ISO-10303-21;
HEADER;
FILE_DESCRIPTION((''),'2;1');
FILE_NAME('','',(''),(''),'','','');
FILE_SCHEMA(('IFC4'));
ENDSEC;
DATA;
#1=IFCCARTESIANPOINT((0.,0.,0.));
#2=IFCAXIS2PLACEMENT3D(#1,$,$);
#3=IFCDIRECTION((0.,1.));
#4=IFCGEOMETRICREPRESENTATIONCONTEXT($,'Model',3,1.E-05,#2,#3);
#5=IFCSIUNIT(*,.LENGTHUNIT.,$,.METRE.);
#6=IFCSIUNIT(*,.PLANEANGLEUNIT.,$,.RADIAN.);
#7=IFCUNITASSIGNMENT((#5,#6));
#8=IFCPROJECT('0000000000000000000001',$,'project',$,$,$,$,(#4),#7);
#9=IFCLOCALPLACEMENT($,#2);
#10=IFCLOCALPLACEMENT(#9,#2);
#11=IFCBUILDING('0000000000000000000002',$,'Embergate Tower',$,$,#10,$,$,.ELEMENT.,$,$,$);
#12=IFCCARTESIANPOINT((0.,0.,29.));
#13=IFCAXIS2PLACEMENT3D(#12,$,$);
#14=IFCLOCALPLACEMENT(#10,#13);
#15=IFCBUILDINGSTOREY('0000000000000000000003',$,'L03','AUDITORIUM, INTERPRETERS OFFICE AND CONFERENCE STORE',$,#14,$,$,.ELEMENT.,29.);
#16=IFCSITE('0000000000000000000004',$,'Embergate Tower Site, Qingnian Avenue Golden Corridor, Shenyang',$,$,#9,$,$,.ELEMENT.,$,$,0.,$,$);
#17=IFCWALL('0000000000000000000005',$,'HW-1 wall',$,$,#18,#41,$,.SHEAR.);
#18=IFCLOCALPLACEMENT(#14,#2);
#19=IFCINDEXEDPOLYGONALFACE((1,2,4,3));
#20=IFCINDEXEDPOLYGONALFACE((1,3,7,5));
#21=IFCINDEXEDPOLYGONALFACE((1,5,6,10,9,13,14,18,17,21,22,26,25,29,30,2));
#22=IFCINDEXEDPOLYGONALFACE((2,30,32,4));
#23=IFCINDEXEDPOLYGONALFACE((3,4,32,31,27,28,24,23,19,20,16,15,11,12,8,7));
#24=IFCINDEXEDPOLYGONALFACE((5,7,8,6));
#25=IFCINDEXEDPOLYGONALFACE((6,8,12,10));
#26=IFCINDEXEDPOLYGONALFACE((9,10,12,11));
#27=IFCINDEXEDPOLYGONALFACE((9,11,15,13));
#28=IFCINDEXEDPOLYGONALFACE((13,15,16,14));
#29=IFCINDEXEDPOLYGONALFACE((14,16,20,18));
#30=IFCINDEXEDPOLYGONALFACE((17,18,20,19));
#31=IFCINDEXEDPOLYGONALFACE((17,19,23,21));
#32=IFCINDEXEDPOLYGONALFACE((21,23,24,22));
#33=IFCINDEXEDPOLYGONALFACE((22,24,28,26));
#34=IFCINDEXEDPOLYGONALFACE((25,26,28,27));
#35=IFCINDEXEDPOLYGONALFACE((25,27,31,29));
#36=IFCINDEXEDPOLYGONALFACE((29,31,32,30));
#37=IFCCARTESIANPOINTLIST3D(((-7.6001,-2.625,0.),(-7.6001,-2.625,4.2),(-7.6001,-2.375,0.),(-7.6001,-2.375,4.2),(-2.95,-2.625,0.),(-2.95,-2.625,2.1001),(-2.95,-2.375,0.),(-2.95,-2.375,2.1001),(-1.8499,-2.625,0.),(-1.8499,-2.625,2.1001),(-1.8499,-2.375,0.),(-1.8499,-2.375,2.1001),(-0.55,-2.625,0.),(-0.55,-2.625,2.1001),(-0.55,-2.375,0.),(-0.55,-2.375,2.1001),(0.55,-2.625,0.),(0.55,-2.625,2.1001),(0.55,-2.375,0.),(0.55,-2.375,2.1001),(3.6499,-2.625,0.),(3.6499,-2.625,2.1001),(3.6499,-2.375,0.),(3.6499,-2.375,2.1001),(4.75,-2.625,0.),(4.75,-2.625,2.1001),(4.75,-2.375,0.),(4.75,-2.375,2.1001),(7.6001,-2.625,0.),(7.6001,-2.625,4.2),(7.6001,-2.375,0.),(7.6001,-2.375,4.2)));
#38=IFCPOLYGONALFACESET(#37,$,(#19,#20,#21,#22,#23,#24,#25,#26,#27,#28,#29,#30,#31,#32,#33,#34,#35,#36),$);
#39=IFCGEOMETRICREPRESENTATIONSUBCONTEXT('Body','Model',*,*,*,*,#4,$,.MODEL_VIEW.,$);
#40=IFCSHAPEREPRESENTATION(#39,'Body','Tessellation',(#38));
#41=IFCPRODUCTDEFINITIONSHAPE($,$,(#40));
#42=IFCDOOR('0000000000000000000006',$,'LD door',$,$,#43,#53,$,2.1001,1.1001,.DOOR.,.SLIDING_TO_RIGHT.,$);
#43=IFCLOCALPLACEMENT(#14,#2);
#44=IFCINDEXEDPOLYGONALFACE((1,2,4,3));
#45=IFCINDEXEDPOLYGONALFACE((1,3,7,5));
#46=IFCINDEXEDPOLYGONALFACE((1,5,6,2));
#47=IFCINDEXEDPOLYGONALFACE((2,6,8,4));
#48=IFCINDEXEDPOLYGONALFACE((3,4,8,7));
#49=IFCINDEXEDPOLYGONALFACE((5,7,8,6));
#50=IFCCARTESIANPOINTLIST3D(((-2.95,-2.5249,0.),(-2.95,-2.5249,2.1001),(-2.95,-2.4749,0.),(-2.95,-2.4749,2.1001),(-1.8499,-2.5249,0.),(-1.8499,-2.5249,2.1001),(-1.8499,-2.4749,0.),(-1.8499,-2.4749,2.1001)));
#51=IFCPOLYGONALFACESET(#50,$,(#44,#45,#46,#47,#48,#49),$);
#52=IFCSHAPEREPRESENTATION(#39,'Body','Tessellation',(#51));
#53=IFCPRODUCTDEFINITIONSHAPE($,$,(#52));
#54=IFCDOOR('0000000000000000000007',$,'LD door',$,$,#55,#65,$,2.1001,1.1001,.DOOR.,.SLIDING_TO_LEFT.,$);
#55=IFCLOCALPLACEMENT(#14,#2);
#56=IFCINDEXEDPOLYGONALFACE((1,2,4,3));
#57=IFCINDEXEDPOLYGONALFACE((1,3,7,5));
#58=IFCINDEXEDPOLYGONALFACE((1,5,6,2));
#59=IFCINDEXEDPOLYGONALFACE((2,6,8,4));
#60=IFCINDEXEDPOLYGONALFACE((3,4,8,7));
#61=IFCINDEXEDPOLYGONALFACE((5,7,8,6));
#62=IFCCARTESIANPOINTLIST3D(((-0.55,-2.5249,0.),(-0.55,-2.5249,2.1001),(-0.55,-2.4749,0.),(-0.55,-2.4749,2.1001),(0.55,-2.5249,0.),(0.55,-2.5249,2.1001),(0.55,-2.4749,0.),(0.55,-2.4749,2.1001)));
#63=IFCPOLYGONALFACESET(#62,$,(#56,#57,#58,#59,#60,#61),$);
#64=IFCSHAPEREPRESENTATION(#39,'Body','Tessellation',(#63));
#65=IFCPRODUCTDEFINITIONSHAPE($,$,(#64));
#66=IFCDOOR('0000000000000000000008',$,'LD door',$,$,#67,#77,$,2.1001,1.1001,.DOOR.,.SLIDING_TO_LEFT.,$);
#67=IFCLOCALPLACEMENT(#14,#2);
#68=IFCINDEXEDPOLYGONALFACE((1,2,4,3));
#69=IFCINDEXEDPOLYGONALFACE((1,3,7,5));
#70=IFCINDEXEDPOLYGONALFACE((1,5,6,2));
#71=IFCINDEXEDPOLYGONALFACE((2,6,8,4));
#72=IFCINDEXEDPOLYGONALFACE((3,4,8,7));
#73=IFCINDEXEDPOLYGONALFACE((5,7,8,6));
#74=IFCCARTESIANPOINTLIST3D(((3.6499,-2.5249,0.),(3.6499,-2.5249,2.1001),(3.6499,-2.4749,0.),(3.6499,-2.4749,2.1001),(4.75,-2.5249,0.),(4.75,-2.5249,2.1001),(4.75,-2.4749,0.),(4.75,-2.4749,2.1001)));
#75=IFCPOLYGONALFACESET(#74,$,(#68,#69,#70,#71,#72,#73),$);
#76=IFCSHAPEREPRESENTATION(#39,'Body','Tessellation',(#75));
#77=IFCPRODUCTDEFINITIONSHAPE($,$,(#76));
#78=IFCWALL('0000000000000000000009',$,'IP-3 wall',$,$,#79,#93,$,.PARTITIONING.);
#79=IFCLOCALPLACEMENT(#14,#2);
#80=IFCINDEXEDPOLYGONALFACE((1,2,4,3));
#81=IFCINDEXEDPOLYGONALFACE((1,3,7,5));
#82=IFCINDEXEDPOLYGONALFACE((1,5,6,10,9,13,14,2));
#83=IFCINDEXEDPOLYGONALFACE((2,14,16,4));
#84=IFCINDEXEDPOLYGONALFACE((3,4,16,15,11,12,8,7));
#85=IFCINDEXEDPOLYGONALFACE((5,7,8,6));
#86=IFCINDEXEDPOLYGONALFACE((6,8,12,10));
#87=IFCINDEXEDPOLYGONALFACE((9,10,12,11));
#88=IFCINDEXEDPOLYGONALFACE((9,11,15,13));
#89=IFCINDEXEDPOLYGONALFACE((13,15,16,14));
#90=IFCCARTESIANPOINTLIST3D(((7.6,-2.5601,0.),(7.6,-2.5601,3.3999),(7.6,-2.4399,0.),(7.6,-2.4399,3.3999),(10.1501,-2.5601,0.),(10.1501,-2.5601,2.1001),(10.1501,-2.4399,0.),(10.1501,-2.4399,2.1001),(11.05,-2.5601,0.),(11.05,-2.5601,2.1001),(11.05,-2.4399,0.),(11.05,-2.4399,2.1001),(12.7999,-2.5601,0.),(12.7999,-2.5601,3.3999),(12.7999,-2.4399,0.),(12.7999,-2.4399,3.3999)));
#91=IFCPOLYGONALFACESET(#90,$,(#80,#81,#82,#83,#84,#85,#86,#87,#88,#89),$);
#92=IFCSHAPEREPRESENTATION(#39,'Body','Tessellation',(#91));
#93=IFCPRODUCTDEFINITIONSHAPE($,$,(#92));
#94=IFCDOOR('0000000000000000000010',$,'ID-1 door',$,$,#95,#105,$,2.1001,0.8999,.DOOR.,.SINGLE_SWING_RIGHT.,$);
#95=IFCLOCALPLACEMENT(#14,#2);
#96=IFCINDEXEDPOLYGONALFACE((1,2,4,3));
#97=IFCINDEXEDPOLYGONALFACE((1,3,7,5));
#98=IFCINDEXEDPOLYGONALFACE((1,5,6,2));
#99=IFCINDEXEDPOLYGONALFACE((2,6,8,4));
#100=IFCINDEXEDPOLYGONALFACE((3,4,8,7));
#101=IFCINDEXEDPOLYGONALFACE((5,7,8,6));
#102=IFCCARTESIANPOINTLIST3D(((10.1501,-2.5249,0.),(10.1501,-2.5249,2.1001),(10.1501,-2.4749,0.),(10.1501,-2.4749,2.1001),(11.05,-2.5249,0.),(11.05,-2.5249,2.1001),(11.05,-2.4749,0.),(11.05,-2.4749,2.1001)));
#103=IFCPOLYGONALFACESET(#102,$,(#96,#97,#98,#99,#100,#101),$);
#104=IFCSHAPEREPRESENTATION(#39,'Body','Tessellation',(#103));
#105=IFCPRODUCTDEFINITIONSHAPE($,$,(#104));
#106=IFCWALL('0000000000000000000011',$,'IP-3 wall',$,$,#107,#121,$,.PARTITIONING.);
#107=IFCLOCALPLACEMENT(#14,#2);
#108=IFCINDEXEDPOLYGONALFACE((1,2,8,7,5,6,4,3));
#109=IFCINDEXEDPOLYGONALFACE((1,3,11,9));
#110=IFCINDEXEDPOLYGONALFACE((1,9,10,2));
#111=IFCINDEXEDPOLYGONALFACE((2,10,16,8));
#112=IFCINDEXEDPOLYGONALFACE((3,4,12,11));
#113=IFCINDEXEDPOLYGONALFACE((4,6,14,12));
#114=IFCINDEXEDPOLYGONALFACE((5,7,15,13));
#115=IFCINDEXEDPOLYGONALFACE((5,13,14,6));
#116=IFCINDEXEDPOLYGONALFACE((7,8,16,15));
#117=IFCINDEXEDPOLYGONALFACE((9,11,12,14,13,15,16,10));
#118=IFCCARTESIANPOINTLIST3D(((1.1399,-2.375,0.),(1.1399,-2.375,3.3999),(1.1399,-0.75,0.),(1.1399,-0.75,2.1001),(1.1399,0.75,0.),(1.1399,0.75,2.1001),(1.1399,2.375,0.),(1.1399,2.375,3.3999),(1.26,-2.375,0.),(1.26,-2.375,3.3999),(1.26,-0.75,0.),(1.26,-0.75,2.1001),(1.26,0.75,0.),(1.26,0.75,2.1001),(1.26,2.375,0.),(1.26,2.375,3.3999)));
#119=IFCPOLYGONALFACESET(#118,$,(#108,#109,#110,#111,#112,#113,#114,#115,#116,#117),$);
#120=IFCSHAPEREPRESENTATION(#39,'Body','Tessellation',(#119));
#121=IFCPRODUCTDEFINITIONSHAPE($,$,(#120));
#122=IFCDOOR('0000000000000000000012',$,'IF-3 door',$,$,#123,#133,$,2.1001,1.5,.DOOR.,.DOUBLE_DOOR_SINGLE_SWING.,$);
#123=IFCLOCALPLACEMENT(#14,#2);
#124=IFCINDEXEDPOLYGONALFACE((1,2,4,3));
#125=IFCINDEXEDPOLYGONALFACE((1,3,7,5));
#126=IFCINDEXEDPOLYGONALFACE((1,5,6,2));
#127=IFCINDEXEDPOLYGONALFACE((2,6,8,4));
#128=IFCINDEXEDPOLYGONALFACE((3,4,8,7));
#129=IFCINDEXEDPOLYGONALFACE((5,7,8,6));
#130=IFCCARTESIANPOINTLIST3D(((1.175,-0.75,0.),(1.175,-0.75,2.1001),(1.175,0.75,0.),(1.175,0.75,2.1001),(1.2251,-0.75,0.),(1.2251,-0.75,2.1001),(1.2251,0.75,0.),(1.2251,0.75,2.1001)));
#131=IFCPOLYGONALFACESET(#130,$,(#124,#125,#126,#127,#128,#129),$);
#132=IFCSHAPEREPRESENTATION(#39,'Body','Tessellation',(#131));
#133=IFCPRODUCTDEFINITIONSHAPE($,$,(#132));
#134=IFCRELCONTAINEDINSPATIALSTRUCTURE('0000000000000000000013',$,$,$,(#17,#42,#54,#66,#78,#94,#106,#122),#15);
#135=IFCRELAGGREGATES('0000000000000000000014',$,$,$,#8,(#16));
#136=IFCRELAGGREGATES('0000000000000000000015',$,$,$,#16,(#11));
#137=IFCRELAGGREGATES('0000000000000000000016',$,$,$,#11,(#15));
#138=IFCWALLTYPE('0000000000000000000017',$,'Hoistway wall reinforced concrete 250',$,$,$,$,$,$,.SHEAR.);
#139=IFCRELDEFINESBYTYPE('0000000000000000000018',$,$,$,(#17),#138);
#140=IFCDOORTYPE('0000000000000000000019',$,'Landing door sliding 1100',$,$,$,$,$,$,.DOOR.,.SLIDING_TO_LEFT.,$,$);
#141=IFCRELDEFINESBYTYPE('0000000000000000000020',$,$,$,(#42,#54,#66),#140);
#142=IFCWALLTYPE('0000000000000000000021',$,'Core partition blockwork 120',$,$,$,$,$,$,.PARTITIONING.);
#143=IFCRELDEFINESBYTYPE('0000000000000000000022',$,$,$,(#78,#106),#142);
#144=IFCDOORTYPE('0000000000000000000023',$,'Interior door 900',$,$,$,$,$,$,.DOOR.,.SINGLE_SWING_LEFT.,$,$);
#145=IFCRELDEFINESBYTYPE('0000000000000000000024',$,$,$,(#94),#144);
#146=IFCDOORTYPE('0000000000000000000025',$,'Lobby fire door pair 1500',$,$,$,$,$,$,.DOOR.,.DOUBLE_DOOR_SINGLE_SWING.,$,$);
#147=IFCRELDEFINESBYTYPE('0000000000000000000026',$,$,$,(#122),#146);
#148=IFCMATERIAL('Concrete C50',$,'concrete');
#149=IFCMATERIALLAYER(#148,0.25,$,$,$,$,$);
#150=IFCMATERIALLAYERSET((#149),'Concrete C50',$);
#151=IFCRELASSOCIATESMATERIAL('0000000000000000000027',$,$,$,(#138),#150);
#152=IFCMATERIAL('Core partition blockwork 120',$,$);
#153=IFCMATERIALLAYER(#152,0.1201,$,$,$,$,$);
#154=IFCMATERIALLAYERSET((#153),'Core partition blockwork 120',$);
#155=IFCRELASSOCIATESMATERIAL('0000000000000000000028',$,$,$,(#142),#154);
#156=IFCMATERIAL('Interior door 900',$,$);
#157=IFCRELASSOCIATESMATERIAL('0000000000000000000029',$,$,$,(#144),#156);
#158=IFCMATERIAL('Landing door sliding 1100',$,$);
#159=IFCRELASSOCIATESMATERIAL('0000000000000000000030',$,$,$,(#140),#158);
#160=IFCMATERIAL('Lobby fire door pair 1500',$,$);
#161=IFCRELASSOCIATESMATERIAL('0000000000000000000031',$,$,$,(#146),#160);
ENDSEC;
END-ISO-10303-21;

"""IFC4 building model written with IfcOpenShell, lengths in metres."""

from ifc_helpers import new_model, si_unit, direction, frame, frame_2d, origin, place, context, subcontext, project, spatial, rectangle, extrude, source, transform, mapped, material, layer, layer_set, type_object, element, fill, save


model = new_model("IFC4")

# Units and contexts
model_context = context("Model", 3, precision=1e-05, world=origin(), true_north=direction((0.0, 1.0)))
body_context = subcontext(model_context, "Body", "Model", "MODEL_VIEW")
ifc_project = project(units=[si_unit("LENGTHUNIT", "METRE"), si_unit("PLANEANGLEUNIT", "RADIAN")], contexts=[model_context])

# Site, building, storey
site_placement = place(None, origin())
site = spatial("IfcSite", under=ifc_project, at=site_placement, Name="Embergate Tower Site, Qingnian Avenue Golden Corridor, Shenyang", CompositionType="ELEMENT", RefElevation=0.0)
building_placement = place(site_placement, origin())
building = spatial("IfcBuilding", under=site, at=building_placement, Name="Embergate Tower", CompositionType="ELEMENT")
storey_placement = place(building_placement, frame((0.0, 0.0, 29.0)))
storey = spatial("IfcBuildingStorey", under=building, at=storey_placement, Name="L03", Description="AUDITORIUM, INTERPRETERS OFFICE AND CONFERENCE STORE", CompositionType="ELEMENT", Elevation=29.0)

# Shared definitions
ifc_material_1 = material(Name="Concrete C50", Category="concrete")
ifc_layer_1 = layer(ifc_material_1, 0.25)
ifc_layer_set_1 = layer_set([ifc_layer_1], Name="Concrete C50")
wall_type_1 = type_object("IfcWallType", Name="Hoistway wall reinforced concrete 250", PredefinedType="SHEAR", material=ifc_layer_set_1)

# Shared definitions
ifc_material_2 = material(Name="Core partition blockwork 120")
ifc_layer_2 = layer(ifc_material_2, 0.1201)
ifc_layer_set_2 = layer_set([ifc_layer_2], Name="Core partition blockwork 120")
wall_type_2 = type_object("IfcWallType", Name="Core partition blockwork 120", PredefinedType="PARTITIONING", material=ifc_layer_set_2)
shared_shape_1 = source(origin(), body_context, "Body", "SweptSolid", [
    extrude(rectangle(XDim=0.8999, YDim=2.1001, at=frame_2d((0.45, 1.05))), frame((0.0, 0.0701, 0.0), z_axis=(0.0, -1.0, 0.0), x_axis=(1.0, 0.0, 0.0)), (0.0, 0.0, 1.0), 0.1401),
])
ifc_material_3 = material(Name="Interior door 900")
door_type_1 = type_object("IfcDoorType", Name="Interior door 900", OperationType="SINGLE_SWING_LEFT", PredefinedType="DOOR", material=ifc_material_3)
shared_shape_2 = source(origin(), body_context, "Body", "SweptSolid", [
    extrude(rectangle(XDim=0.8999, YDim=2.1001, at=frame_2d((0.45, 1.05))), frame((0.0, 0.0249, 0.0), z_axis=(0.0, -1.0, 0.0), x_axis=(1.0, 0.0, 0.0)), (0.0, 0.0, 1.0), 0.05),
])

# Wall, openings, doors
shared_shape_3 = source(origin(), body_context, "Body", "SweptSolid", [
    extrude(rectangle(XDim=15.2002, YDim=0.25, at=frame_2d((7.6001, 0.0))), origin(), (0.0, 0.0, 1.0), 4.2),
])
wall_1_placement = place(storey_placement, frame((7.6001, -2.5, 0.0), z_axis=(0.0, 0.0, 1.0), x_axis=(-1.0, 0.0, 0.0)))
wall_1 = element("IfcWall", 1, at=wall_1_placement, inside=storey, type_object=wall_type_1, Name="HW-1 wall", PredefinedType="SHEAR", context=body_context, shape_type="MappedRepresentation", body=[
    mapped(shared_shape_3, transform((0.0, 0.0, 0.0))),
])
shared_shape_4 = source(origin(), body_context, "Body", "SweptSolid", [
    extrude(rectangle(XDim=1.1001, YDim=2.1001, at=frame_2d((0.55, 1.05))), frame((0.0, 0.135, 0.0), z_axis=(0.0, -1.0, 0.0), x_axis=(1.0, 0.0, 0.0)), (0.0, 0.0, 1.0), 0.27),
])
opening_1_placement = place(wall_1_placement, frame((9.45, 0.0, 0.0)))
opening_1 = element("IfcOpeningElement", 2, at=opening_1_placement, cuts=wall_1, PredefinedType="OPENING", context=body_context, shape_type="MappedRepresentation", body=[
    mapped(shared_shape_4, transform((0.0, 0.0, 0.0))),
])
opening_2_placement = place(wall_1_placement, frame((7.05, 0.0, 0.0)))
opening_2 = element("IfcOpeningElement", 3, at=opening_2_placement, cuts=wall_1, PredefinedType="OPENING", context=body_context, shape_type="MappedRepresentation", body=[
    mapped(shared_shape_4, transform((0.0, 0.0, 0.0))),
])
opening_3_placement = place(wall_1_placement, frame((2.8501, 0.0, 0.0)))
opening_3 = element("IfcOpeningElement", 4, at=opening_3_placement, cuts=wall_1, PredefinedType="OPENING", context=body_context, shape_type="MappedRepresentation", body=[
    mapped(shared_shape_4, transform((0.0, 0.0, 0.0))),
])
ifc_material_4 = material(Name="Landing door sliding 1100")
door_type_2 = type_object("IfcDoorType", Name="Landing door sliding 1100", OperationType="SLIDING_TO_LEFT", PredefinedType="DOOR", material=ifc_material_4)
shared_shape_5 = source(origin(), body_context, "Body", "SweptSolid", [
    extrude(rectangle(XDim=1.1001, YDim=2.1001, at=frame_2d((0.55, 1.05))), frame((0.0, 0.0249, 0.0), z_axis=(0.0, -1.0, 0.0), x_axis=(1.0, 0.0, 0.0)), (0.0, 0.0, 1.0), 0.05),
])
door_1_placement = place(opening_1_placement, origin())
door_1 = element("IfcDoor", 5, at=door_1_placement, inside=storey, type_object=door_type_2, Name="LD door", OperationType="SLIDING_TO_RIGHT", OverallHeight=2.1001, OverallWidth=1.1001, PredefinedType="DOOR", context=body_context, shape_type="MappedRepresentation", body=[
    mapped(shared_shape_5, transform((0.0, 0.0, 0.0))),
])
fill(opening_1, door_1)
door_2_placement = place(opening_2_placement, origin())
door_2 = element("IfcDoor", 6, at=door_2_placement, inside=storey, type_object=door_type_2, Name="LD door", OperationType="SLIDING_TO_LEFT", OverallHeight=2.1001, OverallWidth=1.1001, PredefinedType="DOOR", context=body_context, shape_type="MappedRepresentation", body=[
    mapped(shared_shape_5, transform((0.0, 0.0, 0.0))),
])
fill(opening_2, door_2)
door_3_placement = place(opening_3_placement, origin())
door_3 = element("IfcDoor", 7, at=door_3_placement, inside=storey, type_object=door_type_2, Name="LD door", OperationType="SLIDING_TO_LEFT", OverallHeight=2.1001, OverallWidth=1.1001, PredefinedType="DOOR", context=body_context, shape_type="MappedRepresentation", body=[
    mapped(shared_shape_5, transform((0.0, 0.0, 0.0))),
])
fill(opening_3, door_3)

# Walls, openings, doors
shared_shape_6 = source(origin(), body_context, "Body", "SweptSolid", [
    extrude(rectangle(XDim=5.2, YDim=0.1201, at=frame_2d((2.6001, 0.0))), origin(), (0.0, 0.0, 1.0), 3.3999),
])
wall_2_placement = place(storey_placement, frame((12.8, -2.5, 0.0), z_axis=(0.0, 0.0, 1.0), x_axis=(-1.0, 0.0, 0.0)))
wall_2 = element("IfcWall", 8, at=wall_2_placement, inside=storey, type_object=wall_type_2, Name="IP-3 wall", PredefinedType="PARTITIONING", context=body_context, shape_type="MappedRepresentation", body=[
    mapped(shared_shape_6, transform((0.0, 0.0, 0.0))),
])
opening_4_placement = place(wall_2_placement, frame((1.75, 0.0, 0.0)))
opening_4 = element("IfcOpeningElement", 9, at=opening_4_placement, cuts=wall_2, PredefinedType="OPENING", context=body_context, shape_type="MappedRepresentation", body=[
    mapped(shared_shape_1, transform((0.0, 0.0, 0.0))),
])
door_4_placement = place(opening_4_placement, origin())
door_4 = element("IfcDoor", 10, at=door_4_placement, inside=storey, type_object=door_type_1, Name="ID-1 door", OperationType="SINGLE_SWING_RIGHT", OverallHeight=2.1001, OverallWidth=0.8999, PredefinedType="DOOR", context=body_context, shape_type="MappedRepresentation", body=[
    mapped(shared_shape_2, transform((0.0, 0.0, 0.0))),
])
fill(opening_4, door_4)
shared_shape_7 = source(origin(), body_context, "Body", "SweptSolid", [
    extrude(rectangle(XDim=4.75, YDim=0.1201, at=frame_2d((2.375, 0.0))), origin(), (0.0, 0.0, 1.0), 3.3999),
])
wall_3_placement = place(storey_placement, frame((1.2, -2.375, 0.0), z_axis=(0.0, 0.0, 1.0), x_axis=(0.0, 1.0, 0.0)))
wall_3 = element("IfcWall", 11, at=wall_3_placement, inside=storey, type_object=wall_type_2, Name="IP-3 wall", PredefinedType="PARTITIONING", context=body_context, shape_type="MappedRepresentation", body=[
    mapped(shared_shape_7, transform((0.0, 0.0, 0.0))),
])
shared_shape_8 = source(origin(), body_context, "Body", "SweptSolid", [
    extrude(rectangle(XDim=1.5, YDim=2.1001, at=frame_2d((0.75, 1.05))), frame((0.0, 0.0701, 0.0), z_axis=(0.0, -1.0, 0.0), x_axis=(1.0, 0.0, 0.0)), (0.0, 0.0, 1.0), 0.1401),
])
opening_5_placement = place(wall_3_placement, frame((1.625, 0.0, 0.0)))
opening_5 = element("IfcOpeningElement", 12, at=opening_5_placement, cuts=wall_3, PredefinedType="OPENING", context=body_context, shape_type="MappedRepresentation", body=[
    mapped(shared_shape_8, transform((0.0, 0.0, 0.0))),
])
ifc_material_5 = material(Name="Lobby fire door pair 1500")
door_type_3 = type_object("IfcDoorType", Name="Lobby fire door pair 1500", OperationType="DOUBLE_DOOR_SINGLE_SWING", PredefinedType="DOOR", material=ifc_material_5)
shared_shape_9 = source(origin(), body_context, "Body", "SweptSolid", [
    extrude(rectangle(XDim=1.5, YDim=2.1001, at=frame_2d((0.75, 1.05))), frame((0.0, 0.0249, 0.0), z_axis=(0.0, -1.0, 0.0), x_axis=(1.0, 0.0, 0.0)), (0.0, 0.0, 1.0), 0.05),
])
door_5_placement = place(opening_5_placement, origin())
door_5 = element("IfcDoor", 13, at=door_5_placement, inside=storey, type_object=door_type_3, Name="IF-3 door", OperationType="DOUBLE_DOOR_SINGLE_SWING", OverallHeight=2.1001, OverallWidth=1.5, PredefinedType="DOOR", context=body_context, shape_type="MappedRepresentation", body=[
    mapped(shared_shape_9, transform((0.0, 0.0, 0.0))),
])
fill(opening_5, door_5)

save(model, "model.ifc")
